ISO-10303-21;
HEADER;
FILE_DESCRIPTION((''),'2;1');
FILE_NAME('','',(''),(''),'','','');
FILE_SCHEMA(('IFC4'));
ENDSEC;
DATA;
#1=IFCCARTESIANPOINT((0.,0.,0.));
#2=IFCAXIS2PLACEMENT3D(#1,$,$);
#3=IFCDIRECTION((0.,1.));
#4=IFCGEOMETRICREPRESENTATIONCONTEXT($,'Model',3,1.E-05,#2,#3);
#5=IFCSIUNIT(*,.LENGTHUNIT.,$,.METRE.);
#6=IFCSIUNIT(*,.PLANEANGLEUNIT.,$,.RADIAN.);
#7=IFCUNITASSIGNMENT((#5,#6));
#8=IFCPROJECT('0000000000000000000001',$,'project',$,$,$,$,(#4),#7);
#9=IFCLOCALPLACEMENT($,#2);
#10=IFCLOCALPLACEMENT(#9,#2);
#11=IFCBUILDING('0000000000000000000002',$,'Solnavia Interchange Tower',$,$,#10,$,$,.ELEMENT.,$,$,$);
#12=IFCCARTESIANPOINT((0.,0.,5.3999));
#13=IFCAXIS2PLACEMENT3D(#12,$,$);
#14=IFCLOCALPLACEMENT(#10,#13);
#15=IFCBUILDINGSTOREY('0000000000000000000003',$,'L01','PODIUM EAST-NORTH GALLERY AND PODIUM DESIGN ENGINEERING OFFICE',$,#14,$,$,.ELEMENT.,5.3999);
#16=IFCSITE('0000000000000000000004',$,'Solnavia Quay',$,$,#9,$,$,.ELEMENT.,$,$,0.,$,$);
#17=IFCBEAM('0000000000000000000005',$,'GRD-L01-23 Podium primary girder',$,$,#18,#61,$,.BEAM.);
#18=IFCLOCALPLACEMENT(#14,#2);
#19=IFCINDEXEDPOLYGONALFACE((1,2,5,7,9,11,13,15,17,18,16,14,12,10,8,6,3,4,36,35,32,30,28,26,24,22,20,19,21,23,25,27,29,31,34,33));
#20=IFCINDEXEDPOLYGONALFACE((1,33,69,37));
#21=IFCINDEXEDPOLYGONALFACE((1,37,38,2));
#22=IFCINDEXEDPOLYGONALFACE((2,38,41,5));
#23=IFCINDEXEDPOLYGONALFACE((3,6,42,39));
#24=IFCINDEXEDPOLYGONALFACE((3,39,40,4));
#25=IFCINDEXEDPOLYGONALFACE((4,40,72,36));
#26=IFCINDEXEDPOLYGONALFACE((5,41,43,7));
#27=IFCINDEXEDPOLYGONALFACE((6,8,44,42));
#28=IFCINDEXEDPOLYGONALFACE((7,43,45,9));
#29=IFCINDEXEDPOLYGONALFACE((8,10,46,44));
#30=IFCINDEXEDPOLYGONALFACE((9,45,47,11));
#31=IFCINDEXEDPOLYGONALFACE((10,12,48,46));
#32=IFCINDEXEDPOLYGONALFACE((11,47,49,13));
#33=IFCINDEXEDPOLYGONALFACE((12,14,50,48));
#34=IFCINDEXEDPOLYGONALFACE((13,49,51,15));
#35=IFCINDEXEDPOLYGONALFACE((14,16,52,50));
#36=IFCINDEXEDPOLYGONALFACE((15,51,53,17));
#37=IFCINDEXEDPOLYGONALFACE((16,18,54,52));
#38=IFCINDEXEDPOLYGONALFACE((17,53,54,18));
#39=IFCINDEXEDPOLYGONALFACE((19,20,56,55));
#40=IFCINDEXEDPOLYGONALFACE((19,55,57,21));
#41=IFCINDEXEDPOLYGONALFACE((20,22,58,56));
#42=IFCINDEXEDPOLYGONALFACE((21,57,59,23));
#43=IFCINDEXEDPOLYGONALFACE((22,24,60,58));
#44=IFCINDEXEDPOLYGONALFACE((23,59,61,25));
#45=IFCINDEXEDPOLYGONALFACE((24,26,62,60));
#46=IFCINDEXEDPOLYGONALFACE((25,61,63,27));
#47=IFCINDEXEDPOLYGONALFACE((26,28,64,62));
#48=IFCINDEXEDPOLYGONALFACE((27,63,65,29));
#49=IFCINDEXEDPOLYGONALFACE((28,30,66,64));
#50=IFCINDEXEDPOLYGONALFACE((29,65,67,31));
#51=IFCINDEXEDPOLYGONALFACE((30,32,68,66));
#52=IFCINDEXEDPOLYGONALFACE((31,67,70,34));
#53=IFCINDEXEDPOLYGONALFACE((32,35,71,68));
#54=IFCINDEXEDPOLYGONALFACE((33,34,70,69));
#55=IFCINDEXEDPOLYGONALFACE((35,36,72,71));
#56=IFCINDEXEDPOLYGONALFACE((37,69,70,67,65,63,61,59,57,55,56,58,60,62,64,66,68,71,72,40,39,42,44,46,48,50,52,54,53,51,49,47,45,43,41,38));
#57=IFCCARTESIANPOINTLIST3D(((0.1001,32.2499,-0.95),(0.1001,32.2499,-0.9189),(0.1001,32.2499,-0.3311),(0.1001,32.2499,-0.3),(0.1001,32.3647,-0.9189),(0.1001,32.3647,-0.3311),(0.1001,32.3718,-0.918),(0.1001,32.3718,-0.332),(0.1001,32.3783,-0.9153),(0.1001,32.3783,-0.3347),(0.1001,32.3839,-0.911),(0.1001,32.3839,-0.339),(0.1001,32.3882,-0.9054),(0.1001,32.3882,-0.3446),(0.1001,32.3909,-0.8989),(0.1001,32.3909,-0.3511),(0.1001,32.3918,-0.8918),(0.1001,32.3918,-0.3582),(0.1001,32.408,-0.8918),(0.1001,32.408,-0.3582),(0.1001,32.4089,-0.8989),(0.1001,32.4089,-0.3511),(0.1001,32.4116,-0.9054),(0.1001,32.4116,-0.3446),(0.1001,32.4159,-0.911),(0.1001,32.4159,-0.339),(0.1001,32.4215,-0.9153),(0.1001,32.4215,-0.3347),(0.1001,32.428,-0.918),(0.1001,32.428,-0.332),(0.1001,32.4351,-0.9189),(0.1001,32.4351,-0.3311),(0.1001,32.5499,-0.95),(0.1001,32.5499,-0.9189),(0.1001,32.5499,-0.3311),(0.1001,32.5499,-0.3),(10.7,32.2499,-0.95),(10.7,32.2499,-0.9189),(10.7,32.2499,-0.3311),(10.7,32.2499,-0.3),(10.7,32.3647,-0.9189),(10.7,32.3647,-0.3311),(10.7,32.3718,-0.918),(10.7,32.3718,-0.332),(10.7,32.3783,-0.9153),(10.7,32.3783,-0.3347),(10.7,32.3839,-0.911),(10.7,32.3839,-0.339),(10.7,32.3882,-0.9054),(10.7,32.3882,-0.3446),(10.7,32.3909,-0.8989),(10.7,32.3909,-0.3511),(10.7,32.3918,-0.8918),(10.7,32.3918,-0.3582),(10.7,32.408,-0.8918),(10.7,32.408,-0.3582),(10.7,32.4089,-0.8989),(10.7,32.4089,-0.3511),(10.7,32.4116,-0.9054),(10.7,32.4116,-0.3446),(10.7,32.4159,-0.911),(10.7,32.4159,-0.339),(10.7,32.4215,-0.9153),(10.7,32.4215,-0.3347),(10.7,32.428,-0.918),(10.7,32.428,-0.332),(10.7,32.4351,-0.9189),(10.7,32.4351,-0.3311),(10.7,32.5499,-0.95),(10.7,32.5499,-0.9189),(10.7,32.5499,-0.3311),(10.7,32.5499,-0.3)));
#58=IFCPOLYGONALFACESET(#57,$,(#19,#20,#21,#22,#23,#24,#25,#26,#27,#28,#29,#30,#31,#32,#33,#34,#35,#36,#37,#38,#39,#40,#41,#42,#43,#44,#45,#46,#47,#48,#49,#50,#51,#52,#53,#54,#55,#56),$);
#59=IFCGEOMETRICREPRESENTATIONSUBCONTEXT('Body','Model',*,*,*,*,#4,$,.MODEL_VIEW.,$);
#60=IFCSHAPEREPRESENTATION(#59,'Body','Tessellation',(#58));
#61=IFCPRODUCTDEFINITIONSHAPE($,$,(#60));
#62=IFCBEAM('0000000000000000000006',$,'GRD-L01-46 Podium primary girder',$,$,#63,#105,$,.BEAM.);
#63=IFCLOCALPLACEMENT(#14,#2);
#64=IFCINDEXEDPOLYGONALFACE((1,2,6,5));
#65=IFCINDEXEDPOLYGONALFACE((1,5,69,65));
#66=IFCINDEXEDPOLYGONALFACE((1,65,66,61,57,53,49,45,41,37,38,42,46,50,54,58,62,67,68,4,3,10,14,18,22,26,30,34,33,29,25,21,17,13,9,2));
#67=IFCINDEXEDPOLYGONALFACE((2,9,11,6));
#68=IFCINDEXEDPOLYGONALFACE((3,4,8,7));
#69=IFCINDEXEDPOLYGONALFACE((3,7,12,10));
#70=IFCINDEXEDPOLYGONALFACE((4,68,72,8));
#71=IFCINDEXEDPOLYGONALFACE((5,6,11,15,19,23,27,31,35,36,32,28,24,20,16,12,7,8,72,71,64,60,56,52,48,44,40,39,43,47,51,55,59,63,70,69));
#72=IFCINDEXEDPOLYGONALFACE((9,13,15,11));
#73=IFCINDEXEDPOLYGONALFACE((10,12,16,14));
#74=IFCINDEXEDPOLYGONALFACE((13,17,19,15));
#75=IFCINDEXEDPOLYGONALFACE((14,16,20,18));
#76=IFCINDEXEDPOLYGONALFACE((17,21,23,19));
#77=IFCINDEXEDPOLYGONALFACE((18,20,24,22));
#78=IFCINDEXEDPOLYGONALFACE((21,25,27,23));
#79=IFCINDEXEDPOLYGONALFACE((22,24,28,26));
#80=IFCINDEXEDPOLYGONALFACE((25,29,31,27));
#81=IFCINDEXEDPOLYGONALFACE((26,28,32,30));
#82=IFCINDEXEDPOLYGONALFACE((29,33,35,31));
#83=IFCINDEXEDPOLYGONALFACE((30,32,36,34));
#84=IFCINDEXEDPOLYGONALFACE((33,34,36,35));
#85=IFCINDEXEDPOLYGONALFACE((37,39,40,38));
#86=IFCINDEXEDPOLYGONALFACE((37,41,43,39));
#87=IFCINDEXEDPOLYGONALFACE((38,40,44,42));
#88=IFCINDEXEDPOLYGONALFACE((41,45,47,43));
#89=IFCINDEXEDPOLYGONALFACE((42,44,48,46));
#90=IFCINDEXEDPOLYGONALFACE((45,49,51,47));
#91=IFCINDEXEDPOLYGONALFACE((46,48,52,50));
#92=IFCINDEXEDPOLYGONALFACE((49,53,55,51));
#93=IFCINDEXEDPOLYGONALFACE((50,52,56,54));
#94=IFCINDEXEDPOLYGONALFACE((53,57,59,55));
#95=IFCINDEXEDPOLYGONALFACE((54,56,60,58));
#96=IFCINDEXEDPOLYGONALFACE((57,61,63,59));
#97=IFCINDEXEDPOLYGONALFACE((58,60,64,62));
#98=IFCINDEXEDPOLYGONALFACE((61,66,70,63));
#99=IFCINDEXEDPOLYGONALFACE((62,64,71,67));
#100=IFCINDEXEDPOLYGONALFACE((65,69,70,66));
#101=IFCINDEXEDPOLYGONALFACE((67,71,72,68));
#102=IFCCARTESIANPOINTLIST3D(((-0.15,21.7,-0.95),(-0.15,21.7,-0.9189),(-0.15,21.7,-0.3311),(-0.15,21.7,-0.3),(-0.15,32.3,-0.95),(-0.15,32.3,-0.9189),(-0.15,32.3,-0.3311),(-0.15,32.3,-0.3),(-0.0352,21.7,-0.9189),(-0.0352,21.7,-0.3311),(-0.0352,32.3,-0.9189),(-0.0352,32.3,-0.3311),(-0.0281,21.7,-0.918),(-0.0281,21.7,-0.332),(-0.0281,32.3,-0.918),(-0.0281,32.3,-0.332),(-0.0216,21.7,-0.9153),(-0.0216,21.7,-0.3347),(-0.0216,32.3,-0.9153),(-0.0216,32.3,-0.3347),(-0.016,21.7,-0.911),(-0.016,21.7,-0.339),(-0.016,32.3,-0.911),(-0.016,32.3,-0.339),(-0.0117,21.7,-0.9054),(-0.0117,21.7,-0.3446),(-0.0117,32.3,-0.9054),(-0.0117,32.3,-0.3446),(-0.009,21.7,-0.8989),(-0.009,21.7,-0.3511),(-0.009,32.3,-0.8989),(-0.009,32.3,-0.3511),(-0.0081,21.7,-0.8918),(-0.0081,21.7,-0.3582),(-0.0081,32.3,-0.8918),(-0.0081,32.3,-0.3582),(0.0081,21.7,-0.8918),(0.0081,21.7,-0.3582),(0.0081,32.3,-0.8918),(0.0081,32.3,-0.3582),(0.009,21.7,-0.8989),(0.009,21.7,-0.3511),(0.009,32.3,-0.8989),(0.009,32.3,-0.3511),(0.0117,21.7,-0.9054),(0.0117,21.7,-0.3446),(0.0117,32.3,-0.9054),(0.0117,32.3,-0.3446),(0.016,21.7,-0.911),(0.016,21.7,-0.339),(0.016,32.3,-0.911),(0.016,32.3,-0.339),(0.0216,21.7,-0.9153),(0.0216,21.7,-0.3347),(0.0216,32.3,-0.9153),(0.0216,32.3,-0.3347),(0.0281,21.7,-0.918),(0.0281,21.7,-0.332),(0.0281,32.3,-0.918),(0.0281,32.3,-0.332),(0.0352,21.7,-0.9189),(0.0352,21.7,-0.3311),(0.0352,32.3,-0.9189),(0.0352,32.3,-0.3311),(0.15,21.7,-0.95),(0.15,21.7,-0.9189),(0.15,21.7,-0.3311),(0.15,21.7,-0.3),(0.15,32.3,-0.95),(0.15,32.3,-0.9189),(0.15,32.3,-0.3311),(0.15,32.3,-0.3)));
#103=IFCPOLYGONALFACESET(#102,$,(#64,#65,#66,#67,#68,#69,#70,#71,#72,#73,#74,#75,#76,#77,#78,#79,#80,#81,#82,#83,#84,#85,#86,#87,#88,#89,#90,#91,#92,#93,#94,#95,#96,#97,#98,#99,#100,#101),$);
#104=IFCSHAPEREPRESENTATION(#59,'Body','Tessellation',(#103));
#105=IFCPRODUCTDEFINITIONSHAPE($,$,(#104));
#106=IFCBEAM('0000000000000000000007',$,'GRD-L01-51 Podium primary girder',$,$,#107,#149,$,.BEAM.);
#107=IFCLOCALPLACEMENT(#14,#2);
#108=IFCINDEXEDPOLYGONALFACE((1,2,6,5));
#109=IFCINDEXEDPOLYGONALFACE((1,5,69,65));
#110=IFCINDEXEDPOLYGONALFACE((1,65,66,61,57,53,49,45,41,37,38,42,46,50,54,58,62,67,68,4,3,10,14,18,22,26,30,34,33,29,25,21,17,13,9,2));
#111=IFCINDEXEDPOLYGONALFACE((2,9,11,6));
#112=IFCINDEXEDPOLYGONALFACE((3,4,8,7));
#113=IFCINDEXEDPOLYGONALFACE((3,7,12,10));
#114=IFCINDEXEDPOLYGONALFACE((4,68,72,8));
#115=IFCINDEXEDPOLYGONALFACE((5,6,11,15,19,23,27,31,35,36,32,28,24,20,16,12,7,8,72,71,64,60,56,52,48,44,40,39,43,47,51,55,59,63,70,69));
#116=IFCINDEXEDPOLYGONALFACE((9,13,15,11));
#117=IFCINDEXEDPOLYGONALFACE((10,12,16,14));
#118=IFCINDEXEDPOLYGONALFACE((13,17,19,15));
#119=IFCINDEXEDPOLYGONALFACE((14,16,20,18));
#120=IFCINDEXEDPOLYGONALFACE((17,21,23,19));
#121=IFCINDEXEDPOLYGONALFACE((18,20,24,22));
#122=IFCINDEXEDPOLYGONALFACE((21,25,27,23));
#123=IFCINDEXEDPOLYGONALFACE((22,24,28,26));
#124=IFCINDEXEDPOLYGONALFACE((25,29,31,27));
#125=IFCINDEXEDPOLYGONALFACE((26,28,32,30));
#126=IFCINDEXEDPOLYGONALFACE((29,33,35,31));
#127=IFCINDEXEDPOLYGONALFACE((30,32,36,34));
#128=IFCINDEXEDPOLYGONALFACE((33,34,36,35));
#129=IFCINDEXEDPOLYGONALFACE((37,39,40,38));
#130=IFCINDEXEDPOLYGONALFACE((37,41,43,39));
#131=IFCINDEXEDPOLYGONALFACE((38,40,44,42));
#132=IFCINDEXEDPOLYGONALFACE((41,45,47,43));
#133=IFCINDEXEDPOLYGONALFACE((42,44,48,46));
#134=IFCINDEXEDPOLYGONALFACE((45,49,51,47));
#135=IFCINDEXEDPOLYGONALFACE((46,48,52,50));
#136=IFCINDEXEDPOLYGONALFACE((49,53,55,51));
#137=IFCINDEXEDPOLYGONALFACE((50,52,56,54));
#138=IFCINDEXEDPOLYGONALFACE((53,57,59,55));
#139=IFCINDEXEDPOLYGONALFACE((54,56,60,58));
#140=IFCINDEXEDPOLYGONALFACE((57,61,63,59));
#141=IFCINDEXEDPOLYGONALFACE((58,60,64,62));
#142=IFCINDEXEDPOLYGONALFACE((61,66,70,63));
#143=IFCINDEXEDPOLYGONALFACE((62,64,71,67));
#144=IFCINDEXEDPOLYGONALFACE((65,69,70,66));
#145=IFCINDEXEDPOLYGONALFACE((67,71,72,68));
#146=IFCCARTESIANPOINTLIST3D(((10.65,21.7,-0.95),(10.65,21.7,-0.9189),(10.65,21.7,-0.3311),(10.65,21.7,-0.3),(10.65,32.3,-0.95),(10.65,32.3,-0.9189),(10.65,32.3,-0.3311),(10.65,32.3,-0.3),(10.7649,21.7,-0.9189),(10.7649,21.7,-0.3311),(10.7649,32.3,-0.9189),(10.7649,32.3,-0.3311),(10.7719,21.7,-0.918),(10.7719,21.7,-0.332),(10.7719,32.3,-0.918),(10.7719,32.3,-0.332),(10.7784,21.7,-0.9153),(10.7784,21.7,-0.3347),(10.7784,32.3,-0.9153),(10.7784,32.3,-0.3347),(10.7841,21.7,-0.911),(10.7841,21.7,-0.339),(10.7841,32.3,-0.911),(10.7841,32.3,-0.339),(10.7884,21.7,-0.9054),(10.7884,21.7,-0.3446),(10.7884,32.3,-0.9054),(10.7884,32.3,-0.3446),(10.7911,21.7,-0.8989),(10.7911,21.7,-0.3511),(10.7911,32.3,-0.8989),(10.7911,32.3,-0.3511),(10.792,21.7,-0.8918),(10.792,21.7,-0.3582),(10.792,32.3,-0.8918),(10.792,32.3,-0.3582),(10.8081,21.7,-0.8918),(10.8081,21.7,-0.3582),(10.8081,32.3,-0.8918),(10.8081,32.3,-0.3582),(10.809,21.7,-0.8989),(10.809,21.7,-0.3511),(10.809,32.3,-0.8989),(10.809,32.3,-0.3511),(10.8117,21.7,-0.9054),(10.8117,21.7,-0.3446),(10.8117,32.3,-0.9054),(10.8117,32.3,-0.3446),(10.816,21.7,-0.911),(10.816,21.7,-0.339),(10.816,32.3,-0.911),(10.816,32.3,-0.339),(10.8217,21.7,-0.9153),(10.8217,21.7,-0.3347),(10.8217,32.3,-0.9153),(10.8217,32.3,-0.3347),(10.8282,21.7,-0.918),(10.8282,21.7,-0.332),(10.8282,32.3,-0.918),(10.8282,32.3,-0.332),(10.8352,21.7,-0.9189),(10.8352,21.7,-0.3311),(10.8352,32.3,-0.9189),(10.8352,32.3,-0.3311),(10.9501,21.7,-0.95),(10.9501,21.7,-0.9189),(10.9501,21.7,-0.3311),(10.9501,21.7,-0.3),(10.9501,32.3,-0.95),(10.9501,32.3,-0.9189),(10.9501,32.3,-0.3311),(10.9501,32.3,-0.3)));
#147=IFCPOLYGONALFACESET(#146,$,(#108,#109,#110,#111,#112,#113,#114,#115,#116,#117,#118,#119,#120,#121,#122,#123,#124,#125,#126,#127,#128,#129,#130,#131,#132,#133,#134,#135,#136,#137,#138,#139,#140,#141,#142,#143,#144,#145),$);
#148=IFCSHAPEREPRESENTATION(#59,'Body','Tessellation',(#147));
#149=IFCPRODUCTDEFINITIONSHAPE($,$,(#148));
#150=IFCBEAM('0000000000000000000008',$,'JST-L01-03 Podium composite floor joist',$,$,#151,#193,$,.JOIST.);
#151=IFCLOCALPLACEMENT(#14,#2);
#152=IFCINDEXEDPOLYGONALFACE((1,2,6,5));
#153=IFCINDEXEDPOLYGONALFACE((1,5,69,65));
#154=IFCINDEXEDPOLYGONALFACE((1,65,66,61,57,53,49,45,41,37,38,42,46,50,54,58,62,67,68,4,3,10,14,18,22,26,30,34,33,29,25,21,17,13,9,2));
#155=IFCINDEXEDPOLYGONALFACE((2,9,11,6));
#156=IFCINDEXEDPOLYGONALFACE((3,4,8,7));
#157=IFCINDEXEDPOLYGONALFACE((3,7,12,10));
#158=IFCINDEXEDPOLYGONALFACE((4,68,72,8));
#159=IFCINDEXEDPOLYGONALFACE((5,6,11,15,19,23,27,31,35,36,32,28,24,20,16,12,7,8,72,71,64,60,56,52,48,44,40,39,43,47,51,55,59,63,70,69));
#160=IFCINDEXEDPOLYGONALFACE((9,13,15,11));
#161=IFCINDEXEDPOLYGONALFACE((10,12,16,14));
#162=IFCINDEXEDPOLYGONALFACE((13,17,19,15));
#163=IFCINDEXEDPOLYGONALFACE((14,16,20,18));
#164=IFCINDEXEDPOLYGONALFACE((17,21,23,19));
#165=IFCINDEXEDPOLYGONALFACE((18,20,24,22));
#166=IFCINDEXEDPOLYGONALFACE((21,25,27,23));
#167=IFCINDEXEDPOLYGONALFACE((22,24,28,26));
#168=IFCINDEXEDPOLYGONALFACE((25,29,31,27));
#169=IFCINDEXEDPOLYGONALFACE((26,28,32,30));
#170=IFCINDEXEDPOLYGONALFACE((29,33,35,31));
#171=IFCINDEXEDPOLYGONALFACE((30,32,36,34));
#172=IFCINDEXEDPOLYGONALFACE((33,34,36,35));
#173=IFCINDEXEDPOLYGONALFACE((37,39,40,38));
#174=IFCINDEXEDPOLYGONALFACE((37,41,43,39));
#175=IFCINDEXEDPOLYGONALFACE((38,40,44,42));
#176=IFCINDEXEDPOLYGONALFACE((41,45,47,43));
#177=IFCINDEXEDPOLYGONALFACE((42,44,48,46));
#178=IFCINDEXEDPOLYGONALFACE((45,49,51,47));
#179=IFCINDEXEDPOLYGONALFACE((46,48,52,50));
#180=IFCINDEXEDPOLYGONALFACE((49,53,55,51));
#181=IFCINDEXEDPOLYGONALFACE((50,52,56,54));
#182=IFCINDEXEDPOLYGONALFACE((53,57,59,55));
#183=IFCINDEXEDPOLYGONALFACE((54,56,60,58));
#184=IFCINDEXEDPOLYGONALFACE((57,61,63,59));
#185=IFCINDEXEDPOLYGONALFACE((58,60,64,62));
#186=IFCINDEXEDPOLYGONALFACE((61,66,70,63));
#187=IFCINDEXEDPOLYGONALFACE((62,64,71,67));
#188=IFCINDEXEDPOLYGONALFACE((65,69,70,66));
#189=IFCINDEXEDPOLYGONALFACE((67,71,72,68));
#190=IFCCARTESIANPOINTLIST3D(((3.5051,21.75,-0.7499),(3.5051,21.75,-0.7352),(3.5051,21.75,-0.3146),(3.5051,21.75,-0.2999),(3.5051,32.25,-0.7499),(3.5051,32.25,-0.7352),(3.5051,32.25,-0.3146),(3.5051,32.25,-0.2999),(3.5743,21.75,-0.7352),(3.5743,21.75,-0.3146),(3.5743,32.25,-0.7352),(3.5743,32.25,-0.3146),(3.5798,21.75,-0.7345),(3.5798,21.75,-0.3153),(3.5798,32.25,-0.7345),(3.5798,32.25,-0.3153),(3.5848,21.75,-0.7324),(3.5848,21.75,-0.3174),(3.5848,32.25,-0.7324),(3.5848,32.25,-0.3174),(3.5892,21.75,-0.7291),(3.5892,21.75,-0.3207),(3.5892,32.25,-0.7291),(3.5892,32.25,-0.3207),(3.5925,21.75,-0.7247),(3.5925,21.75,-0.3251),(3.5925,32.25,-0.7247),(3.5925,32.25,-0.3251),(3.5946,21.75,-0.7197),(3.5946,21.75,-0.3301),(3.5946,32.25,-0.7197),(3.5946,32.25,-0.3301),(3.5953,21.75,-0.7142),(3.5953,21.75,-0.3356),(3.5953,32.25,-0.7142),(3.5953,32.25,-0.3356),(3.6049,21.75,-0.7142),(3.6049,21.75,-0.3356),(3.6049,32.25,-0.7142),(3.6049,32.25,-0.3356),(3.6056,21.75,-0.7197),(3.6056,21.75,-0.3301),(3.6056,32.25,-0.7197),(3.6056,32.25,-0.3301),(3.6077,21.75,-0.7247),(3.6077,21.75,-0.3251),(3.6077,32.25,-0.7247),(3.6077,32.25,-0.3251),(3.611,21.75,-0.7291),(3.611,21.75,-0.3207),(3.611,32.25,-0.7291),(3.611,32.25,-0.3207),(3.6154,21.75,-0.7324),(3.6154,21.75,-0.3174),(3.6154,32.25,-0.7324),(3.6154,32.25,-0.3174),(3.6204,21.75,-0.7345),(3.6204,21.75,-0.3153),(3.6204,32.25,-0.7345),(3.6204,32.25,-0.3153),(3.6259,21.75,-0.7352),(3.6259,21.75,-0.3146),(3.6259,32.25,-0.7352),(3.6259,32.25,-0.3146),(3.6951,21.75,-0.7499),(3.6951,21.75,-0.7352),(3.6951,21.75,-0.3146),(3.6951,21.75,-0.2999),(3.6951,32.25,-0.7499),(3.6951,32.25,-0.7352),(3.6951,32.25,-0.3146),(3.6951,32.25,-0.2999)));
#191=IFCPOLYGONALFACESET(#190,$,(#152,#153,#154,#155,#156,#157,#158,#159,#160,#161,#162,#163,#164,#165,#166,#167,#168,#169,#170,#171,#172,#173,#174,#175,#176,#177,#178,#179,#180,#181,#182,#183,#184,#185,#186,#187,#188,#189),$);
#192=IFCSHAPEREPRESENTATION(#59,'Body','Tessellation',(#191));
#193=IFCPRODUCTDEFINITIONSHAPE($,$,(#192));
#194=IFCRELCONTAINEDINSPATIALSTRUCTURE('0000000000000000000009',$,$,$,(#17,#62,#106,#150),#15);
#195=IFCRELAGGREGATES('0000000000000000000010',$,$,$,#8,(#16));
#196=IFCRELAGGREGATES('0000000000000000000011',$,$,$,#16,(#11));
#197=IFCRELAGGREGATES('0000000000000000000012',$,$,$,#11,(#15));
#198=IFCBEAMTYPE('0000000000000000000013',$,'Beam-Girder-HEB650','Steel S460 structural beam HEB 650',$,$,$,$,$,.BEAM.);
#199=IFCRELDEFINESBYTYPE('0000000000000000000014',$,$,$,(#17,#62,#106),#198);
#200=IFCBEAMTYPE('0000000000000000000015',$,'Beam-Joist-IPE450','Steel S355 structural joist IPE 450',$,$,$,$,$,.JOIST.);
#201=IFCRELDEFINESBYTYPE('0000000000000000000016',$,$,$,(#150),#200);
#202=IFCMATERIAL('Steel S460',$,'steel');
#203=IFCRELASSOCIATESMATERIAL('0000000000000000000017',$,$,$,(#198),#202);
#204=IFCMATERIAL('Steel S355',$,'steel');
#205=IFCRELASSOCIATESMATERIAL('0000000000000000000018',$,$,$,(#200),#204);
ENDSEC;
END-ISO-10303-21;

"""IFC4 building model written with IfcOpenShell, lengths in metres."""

from ifc_helpers import new_model, si_unit, direction, frame, origin, origin_2d, place, context, subcontext, project, spatial, i_section, extrude, material, material_profile, profile_set, type_object, element, save


model = new_model("IFC4")

# Units and contexts
model_context = context("Model", 3, precision=1e-05, world=origin(), true_north=direction((0.0, 1.0)))
body_context = subcontext(model_context, "Body", "Model", "MODEL_VIEW")
ifc_project = project(units=[si_unit("LENGTHUNIT", "METRE"), si_unit("PLANEANGLEUNIT", "RADIAN")], contexts=[model_context])

# Site, building, storey
site_placement = place(None, origin())
site = spatial("IfcSite", under=ifc_project, at=site_placement, Name="Solnavia Quay", CompositionType="ELEMENT", RefElevation=0.0)
building_placement = place(site_placement, origin())
building = spatial("IfcBuilding", under=site, at=building_placement, Name="Solnavia Interchange Tower", CompositionType="ELEMENT")
storey_placement = place(building_placement, frame((0.0, 0.0, 5.3999)))
storey = spatial("IfcBuildingStorey", under=building, at=storey_placement, Name="L01", Description="PODIUM EAST-NORTH GALLERY AND PODIUM DESIGN ENGINEERING OFFICE", CompositionType="ELEMENT", Elevation=5.3999)

# Beams
ifc_material_1 = material(Name="Steel S460", Category="steel")
ifc_material_profile_1 = material_profile(ifc_material_1, i_section(OverallWidth=0.3, OverallDepth=0.6499, WebThickness=0.0161, FlangeThickness=0.031, FilletRadius=0.0271, at=origin_2d()), Name="HEB 650")
ifc_profile_set_1 = profile_set([ifc_material_profile_1], Name="Steel S460")
beam_type_1 = type_object("IfcBeamType", Name="Beam-Girder-HEB650", Description="Steel S460 structural beam HEB 650", PredefinedType="BEAM", material=ifc_profile_set_1)
beam_1_placement = place(storey_placement, frame((0.1001, 32.3999, -0.625), z_axis=(1.0, 0.0, 0.0), x_axis=(0.0, 1.0, 0.0)))
element("IfcBeam", 1, at=beam_1_placement, inside=storey, type_object=beam_type_1, Name="GRD-L01-23 Podium primary girder", PredefinedType="BEAM", context=body_context, shape_type="SweptSolid", body=[
    extrude(i_section(OverallWidth=0.3, OverallDepth=0.6499, WebThickness=0.0161, FlangeThickness=0.031, FilletRadius=0.0271, at=origin_2d()), origin(), (0.0, 0.0, 1.0), 10.5999),
])
for number, where, z_axis, x_axis, name in (
    (2, (0.0, 21.7, -0.625), (0.0, 1.0, 0.0), (-1.0, 0.0, 0.0), "GRD-L01-46 Podium primary girder"),
    (3, (10.8, 21.7, -0.625), (0.0, 1.0, 0.0), (-1.0, 0.0, 0.0), "GRD-L01-51 Podium primary girder"),
):
    element("IfcBeam", number, at=place(storey_placement, frame(where, z_axis=z_axis, x_axis=x_axis)), inside=storey, type_object=beam_type_1, Name=name, PredefinedType="BEAM", context=body_context, shape_type="SweptSolid", body=[
        extrude(i_section(OverallWidth=0.3, OverallDepth=0.6499, WebThickness=0.0161, FlangeThickness=0.031, FilletRadius=0.0271, at=origin_2d()), origin(), (0.0, 0.0, 1.0), 10.6001),
    ])
ifc_material_2 = material(Name="Steel S355", Category="steel")
ifc_material_profile_2 = material_profile(ifc_material_2, i_section(OverallWidth=0.1899, OverallDepth=0.45, WebThickness=0.0095, FlangeThickness=0.0146, FilletRadius=0.021, at=origin_2d()), Name="IPE 450")
ifc_profile_set_2 = profile_set([ifc_material_profile_2], Name="Steel S355")
beam_type_2 = type_object("IfcBeamType", Name="Beam-Joist-IPE450", Description="Steel S355 structural joist IPE 450", PredefinedType="JOIST", material=ifc_profile_set_2)
for number, where, z_axis, x_axis, name in (
    (4, (3.6001, 21.75, -0.5249), (0.0, 1.0, 0.0), (-1.0, 0.0, 0.0), "JST-L01-03 Podium composite floor joist"),
):
    element("IfcBeam", number, at=place(storey_placement, frame(where, z_axis=z_axis, x_axis=x_axis)), inside=storey, type_object=beam_type_2, Name=name, PredefinedType="JOIST", context=body_context, shape_type="SweptSolid", body=[
        extrude(i_section(OverallWidth=0.1899, OverallDepth=0.45, WebThickness=0.0095, FlangeThickness=0.0146, FilletRadius=0.021, at=origin_2d()), origin(), (0.0, 0.0, 1.0), 10.5),
    ])

save(model, "model.ifc")
